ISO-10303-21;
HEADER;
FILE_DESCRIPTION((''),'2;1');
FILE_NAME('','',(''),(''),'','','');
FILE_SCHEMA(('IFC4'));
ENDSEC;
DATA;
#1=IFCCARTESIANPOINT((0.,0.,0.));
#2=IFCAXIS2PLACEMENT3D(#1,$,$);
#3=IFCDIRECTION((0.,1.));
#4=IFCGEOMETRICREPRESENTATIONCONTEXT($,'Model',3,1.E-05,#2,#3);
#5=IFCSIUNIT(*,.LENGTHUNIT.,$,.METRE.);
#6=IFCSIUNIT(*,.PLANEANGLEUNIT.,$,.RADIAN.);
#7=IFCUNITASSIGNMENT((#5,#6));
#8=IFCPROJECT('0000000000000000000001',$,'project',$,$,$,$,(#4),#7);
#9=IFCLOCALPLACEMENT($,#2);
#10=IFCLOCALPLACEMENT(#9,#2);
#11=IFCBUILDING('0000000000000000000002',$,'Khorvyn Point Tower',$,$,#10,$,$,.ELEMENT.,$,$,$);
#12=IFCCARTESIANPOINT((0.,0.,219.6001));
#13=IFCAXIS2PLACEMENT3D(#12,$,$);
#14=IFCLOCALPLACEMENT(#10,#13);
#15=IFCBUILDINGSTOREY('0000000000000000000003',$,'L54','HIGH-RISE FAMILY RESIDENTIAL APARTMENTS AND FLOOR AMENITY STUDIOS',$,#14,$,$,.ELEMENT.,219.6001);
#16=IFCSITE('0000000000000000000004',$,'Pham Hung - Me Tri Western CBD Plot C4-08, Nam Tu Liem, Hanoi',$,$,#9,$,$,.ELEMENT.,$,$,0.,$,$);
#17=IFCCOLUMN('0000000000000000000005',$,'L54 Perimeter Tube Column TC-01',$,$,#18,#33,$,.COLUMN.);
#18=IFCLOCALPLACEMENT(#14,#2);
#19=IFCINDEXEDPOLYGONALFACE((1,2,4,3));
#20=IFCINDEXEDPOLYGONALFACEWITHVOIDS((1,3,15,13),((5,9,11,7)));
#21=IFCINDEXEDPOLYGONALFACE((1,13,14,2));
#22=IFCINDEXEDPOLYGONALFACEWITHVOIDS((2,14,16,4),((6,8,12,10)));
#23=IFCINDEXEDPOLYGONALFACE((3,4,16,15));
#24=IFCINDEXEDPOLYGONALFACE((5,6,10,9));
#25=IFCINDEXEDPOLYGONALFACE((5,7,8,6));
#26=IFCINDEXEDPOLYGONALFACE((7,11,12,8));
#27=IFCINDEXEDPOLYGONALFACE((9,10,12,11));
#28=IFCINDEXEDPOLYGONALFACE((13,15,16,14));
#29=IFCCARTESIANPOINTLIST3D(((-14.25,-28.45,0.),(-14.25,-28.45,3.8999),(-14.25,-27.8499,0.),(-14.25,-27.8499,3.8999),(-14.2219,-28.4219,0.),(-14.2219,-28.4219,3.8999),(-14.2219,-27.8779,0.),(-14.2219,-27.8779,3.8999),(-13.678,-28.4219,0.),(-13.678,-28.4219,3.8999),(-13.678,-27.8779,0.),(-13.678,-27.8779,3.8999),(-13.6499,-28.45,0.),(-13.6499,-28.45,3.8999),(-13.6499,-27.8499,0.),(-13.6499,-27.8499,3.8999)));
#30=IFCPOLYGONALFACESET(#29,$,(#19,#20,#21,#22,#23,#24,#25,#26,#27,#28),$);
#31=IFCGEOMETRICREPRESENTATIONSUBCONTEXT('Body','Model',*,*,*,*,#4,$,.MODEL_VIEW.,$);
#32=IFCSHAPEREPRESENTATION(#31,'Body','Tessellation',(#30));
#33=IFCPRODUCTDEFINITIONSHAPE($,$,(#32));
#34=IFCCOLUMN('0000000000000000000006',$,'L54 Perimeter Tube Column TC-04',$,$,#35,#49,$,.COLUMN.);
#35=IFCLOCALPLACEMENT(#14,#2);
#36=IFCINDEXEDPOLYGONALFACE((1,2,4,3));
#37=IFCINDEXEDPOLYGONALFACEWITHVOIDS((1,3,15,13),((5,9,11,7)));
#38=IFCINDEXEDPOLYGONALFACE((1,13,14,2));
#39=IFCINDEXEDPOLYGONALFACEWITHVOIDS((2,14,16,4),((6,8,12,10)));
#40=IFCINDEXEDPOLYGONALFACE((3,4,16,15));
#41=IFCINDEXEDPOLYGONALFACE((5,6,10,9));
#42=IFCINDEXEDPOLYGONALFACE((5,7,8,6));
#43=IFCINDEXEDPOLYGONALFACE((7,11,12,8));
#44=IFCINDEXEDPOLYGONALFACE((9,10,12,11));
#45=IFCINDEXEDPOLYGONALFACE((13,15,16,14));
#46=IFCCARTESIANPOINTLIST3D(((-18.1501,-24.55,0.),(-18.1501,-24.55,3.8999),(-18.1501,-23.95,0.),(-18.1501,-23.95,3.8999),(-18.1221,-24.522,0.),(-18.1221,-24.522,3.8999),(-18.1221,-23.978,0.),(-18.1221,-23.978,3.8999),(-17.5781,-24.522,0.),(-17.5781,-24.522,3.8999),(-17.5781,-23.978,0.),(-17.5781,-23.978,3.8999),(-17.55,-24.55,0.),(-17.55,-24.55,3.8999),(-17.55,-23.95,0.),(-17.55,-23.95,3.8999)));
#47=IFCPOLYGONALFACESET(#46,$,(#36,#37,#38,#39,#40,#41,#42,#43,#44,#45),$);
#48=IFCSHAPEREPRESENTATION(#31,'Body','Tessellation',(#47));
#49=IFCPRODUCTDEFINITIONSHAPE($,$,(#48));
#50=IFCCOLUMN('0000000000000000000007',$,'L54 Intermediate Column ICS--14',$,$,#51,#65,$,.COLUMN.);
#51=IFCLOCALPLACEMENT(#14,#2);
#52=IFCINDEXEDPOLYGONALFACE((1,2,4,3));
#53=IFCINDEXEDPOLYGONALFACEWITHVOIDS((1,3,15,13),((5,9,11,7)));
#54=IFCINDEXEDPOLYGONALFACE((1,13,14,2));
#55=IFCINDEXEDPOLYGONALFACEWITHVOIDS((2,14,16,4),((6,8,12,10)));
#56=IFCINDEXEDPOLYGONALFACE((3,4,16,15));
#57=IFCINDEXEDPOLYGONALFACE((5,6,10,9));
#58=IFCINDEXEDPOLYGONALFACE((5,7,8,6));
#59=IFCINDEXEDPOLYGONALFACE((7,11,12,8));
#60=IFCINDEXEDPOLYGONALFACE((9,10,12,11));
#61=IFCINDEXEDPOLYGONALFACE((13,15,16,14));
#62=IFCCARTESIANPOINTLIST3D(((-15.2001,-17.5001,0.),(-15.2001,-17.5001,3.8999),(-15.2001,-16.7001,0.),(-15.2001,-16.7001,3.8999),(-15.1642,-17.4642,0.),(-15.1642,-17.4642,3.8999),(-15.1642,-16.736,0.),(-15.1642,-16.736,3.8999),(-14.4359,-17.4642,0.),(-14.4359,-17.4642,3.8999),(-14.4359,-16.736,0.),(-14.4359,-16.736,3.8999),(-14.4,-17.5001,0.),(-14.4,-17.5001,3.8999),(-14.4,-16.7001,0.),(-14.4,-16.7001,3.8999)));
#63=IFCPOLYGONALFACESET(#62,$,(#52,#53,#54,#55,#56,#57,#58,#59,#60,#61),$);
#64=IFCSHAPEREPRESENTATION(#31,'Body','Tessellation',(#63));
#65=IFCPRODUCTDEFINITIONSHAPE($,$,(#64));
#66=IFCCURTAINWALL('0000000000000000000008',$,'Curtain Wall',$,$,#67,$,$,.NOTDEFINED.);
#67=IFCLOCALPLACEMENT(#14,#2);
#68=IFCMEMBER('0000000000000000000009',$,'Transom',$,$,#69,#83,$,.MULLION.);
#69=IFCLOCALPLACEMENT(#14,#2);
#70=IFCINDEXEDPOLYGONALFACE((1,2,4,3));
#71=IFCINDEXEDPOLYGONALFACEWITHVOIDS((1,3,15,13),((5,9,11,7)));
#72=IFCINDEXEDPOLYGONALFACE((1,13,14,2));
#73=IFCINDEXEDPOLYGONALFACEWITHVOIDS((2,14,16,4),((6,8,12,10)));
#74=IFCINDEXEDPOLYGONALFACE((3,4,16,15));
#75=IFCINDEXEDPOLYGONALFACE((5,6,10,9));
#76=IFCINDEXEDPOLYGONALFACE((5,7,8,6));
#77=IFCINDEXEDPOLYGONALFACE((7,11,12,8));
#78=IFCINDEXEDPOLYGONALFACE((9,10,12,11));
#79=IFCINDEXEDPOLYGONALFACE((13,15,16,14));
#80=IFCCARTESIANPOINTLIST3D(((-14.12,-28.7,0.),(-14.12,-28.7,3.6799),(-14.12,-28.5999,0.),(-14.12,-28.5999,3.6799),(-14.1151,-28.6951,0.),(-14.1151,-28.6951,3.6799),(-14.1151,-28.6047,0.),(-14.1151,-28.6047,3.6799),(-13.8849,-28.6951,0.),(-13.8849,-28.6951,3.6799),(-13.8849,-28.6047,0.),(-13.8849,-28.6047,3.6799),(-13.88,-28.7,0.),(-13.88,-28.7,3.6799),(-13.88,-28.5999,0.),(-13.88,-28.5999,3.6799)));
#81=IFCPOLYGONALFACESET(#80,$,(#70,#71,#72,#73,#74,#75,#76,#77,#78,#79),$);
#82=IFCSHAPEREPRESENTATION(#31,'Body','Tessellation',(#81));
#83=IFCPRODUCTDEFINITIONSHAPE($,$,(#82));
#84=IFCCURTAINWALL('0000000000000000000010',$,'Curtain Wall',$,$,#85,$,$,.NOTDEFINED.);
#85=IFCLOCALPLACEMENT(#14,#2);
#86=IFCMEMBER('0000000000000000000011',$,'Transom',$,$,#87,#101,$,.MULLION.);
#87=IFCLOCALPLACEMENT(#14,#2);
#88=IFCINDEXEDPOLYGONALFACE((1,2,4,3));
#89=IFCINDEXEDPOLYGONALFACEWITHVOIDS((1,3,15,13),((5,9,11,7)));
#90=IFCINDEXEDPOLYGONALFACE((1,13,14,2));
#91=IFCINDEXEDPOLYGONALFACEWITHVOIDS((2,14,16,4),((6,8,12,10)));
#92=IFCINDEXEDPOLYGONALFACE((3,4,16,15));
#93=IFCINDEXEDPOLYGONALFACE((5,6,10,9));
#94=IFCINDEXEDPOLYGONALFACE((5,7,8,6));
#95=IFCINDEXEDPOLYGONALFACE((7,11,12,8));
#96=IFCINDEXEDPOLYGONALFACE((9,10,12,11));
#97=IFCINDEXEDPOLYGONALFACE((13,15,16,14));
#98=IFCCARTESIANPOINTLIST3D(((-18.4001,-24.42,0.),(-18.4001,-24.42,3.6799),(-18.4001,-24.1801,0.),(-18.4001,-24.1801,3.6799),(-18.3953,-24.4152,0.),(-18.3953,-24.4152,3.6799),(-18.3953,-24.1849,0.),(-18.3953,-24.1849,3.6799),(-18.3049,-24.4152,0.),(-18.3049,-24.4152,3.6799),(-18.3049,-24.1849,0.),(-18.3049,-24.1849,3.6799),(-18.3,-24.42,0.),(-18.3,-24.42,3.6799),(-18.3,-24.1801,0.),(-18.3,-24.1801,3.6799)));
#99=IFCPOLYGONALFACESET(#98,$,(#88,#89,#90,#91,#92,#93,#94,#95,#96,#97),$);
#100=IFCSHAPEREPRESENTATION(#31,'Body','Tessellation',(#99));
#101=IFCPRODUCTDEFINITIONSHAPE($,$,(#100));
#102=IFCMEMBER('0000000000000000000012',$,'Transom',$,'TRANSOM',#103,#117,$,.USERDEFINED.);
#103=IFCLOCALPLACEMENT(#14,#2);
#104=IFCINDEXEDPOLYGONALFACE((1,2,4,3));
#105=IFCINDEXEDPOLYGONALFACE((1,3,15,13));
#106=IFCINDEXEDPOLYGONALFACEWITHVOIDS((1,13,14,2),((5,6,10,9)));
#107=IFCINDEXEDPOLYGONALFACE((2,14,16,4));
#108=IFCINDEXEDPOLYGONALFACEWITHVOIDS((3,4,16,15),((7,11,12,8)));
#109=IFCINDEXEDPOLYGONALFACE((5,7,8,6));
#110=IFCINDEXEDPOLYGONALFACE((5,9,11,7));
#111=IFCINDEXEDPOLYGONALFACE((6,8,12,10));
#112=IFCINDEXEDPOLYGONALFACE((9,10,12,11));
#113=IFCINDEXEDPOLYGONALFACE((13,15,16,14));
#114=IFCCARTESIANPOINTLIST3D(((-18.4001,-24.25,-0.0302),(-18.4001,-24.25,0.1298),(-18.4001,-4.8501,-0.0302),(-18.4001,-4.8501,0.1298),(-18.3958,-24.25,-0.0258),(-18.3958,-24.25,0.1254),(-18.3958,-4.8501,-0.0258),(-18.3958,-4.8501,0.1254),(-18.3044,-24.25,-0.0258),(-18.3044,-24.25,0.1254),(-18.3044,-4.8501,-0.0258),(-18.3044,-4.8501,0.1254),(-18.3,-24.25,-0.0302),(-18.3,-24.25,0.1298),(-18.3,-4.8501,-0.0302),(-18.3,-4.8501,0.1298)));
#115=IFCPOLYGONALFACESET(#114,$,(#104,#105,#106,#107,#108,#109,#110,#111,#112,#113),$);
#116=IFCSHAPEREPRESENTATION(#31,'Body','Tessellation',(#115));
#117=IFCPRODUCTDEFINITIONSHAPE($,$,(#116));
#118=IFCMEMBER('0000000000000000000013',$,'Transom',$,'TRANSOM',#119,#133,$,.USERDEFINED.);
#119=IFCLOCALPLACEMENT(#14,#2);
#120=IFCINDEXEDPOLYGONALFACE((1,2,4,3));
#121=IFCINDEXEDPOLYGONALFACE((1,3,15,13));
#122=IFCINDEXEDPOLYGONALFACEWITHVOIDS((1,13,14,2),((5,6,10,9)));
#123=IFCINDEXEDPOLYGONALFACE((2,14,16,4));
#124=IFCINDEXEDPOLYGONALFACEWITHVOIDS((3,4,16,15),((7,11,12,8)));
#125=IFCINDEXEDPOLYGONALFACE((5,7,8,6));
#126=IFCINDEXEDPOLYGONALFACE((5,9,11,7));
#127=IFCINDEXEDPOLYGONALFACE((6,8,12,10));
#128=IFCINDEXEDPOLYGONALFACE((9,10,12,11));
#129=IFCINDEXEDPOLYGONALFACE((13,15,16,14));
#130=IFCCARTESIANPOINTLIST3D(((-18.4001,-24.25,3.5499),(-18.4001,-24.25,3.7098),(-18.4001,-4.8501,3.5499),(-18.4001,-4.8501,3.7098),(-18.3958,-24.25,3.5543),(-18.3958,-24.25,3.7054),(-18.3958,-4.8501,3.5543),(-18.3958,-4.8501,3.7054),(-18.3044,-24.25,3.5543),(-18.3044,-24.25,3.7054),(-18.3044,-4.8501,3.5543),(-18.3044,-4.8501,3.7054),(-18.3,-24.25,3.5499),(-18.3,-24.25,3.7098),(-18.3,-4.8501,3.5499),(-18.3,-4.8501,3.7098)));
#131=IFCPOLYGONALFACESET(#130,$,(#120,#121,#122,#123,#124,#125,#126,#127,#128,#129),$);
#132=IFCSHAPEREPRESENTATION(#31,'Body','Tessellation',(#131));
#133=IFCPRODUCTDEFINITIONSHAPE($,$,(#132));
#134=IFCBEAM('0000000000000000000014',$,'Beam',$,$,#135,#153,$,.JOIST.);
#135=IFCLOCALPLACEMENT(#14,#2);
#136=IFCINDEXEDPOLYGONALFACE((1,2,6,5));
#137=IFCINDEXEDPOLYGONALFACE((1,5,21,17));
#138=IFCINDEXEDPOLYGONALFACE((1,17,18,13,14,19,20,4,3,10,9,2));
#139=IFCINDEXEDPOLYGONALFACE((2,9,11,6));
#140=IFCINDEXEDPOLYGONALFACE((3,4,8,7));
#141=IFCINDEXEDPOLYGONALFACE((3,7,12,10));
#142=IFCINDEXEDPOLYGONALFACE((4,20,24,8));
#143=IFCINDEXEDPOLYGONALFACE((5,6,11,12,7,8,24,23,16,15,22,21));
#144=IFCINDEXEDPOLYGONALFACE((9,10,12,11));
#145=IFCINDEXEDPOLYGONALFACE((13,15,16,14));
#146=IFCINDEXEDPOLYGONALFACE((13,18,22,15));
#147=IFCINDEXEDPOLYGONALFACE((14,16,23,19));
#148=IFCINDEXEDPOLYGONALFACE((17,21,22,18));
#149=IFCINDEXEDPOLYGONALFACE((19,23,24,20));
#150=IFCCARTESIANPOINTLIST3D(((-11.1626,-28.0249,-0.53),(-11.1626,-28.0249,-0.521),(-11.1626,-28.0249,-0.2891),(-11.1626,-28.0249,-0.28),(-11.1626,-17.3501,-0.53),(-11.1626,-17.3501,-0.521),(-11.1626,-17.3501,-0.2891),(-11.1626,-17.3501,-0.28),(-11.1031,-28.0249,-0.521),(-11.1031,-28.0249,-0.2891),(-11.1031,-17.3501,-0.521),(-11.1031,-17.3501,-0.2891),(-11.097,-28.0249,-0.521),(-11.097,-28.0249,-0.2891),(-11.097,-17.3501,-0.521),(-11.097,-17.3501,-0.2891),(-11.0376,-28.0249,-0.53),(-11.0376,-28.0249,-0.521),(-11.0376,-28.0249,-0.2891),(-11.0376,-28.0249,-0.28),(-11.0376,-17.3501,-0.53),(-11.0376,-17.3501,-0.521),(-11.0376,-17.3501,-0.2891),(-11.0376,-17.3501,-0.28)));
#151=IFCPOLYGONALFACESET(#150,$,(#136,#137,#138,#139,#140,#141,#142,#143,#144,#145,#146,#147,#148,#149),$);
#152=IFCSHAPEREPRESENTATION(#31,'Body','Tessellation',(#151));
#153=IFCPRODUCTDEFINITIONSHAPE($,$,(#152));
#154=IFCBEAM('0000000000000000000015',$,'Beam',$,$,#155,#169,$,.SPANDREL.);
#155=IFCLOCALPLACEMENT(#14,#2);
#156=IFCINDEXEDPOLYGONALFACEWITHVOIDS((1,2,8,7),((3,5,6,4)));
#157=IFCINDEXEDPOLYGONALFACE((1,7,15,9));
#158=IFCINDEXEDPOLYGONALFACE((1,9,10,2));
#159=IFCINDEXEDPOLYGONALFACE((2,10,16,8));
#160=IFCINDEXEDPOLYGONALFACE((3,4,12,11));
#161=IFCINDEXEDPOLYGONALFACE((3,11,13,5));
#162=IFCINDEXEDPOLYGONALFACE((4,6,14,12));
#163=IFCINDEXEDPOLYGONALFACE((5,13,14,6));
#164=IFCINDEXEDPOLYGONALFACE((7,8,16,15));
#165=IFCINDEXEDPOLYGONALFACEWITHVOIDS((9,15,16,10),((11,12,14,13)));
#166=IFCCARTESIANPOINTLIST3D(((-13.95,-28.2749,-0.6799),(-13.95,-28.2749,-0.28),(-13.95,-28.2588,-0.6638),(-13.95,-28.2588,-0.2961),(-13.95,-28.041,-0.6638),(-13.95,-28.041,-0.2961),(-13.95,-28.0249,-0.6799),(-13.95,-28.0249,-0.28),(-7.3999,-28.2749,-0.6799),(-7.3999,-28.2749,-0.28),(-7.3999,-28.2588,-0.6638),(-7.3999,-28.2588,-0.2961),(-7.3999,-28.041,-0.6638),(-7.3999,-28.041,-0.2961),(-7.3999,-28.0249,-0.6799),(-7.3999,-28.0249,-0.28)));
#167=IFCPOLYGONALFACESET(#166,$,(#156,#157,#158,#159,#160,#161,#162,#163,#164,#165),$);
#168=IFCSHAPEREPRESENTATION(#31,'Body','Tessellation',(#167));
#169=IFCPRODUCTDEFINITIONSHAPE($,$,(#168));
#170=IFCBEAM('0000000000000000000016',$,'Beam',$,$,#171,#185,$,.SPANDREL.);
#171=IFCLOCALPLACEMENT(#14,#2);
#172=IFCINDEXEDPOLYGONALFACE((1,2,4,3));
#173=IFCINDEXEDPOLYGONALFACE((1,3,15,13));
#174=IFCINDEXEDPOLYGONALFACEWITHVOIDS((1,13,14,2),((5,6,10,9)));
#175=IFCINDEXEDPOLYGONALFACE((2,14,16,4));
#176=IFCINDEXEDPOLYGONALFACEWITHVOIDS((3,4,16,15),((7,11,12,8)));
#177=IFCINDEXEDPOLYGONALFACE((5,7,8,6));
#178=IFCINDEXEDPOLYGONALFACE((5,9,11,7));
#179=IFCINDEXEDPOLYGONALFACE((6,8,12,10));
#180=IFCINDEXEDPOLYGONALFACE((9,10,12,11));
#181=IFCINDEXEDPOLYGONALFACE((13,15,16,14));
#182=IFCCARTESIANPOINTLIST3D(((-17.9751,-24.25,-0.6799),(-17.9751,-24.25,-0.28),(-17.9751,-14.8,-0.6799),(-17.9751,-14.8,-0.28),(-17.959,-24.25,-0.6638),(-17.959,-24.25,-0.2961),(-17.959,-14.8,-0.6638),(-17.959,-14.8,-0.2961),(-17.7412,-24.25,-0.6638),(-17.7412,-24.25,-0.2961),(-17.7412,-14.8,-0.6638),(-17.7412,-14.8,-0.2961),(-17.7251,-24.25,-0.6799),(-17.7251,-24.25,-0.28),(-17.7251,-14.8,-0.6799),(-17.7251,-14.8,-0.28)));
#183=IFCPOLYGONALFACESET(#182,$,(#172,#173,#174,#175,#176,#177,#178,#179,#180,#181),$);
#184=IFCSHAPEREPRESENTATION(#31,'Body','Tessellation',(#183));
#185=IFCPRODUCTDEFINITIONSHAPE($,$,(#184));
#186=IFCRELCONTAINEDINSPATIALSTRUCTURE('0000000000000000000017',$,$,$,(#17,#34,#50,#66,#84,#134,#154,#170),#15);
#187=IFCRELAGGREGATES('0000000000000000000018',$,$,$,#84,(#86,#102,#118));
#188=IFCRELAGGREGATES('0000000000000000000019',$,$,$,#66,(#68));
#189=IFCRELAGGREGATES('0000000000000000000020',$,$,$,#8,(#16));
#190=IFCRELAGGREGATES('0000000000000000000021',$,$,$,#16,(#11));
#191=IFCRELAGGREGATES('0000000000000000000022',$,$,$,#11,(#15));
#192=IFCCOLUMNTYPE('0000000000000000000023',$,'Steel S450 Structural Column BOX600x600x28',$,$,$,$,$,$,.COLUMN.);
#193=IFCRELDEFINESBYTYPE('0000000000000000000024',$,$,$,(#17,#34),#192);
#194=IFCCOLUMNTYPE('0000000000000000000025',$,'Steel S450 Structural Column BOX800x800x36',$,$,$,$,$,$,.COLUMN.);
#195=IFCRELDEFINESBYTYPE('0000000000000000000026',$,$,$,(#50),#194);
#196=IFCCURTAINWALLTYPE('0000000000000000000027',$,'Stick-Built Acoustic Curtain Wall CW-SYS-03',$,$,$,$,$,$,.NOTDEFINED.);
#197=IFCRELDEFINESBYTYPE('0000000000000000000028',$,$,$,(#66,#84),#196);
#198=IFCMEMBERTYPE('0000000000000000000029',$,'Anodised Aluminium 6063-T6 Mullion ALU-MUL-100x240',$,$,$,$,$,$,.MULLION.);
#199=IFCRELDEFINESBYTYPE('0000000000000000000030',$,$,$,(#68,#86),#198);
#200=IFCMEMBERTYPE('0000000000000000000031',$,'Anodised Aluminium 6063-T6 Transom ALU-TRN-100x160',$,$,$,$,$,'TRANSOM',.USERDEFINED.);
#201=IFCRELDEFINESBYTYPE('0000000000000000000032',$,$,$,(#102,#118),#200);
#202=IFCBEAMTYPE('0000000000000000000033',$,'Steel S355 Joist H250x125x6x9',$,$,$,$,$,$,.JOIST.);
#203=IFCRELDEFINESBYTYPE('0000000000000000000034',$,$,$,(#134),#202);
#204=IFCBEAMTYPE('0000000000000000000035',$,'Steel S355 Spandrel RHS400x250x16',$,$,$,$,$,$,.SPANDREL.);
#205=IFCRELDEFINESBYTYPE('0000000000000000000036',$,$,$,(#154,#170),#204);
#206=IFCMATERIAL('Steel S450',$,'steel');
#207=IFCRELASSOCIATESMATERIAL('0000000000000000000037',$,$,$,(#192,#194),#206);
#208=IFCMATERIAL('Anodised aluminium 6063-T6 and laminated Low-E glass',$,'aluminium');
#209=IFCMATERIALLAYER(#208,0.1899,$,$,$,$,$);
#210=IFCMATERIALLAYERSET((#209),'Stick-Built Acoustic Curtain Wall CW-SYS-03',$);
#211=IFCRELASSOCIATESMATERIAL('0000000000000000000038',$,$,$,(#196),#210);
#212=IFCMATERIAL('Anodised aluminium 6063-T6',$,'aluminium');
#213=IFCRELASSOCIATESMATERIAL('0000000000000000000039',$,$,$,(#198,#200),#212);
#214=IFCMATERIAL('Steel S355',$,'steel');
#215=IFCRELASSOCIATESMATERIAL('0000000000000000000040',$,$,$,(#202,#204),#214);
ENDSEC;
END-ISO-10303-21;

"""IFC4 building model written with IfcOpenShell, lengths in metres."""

from ifc_helpers import new_model, si_unit, direction, frame, origin, origin_2d, place, context, subcontext, project, spatial, hollow_rectangle, i_section, extrude, material, layer, layer_set, material_profile, profile_set, type_object, element, aggregate, save


model = new_model("IFC4")

# Units and contexts
model_context = context("Model", 3, precision=1e-05, world=origin(), true_north=direction((0.0, 1.0)))
body_context = subcontext(model_context, "Body", "Model", "MODEL_VIEW")
ifc_project = project(units=[si_unit("LENGTHUNIT", "METRE"), si_unit("PLANEANGLEUNIT", "RADIAN")], contexts=[model_context])

# Site, building, storey
site_placement = place(None, origin())
site = spatial("IfcSite", under=ifc_project, at=site_placement, Name="Pham Hung - Me Tri Western CBD Plot C4-08, Nam Tu Liem, Hanoi", CompositionType="ELEMENT", RefElevation=0.0)
building_placement = place(site_placement, origin())
building = spatial("IfcBuilding", under=site, at=building_placement, Name="Khorvyn Point Tower", CompositionType="ELEMENT")
storey_placement = place(building_placement, frame((0.0, 0.0, 219.6001)))
storey = spatial("IfcBuildingStorey", under=building, at=storey_placement, Name="L54", Description="HIGH-RISE FAMILY RESIDENTIAL APARTMENTS AND FLOOR AMENITY STUDIOS", CompositionType="ELEMENT", Elevation=219.6001)

# Columns
ifc_material_1 = material(Name="Steel S450", Category="steel")
ifc_material_profile_1 = material_profile(ifc_material_1, hollow_rectangle(XDim=0.6001, YDim=0.6001, WallThickness=0.0281, at=origin_2d()))
ifc_profile_set_1 = profile_set([ifc_material_profile_1], Name="Steel S450 BOX600x600x28")
column_type_1 = type_object("IfcColumnType", Name="Steel S450 Structural Column BOX600x600x28", PredefinedType="COLUMN", material=ifc_profile_set_1)
for number, where, z_axis, x_axis, name in (
    (1, (-13.95, -28.1499, 0.0), (0.0, 0.0, 1.0), (1.0, 0.0, 0.0), "L54 Perimeter Tube Column TC-01"),
    (2, (-17.8501, -24.25, 0.0), (0.0, 0.0, 1.0), (1.0, 0.0, 0.0), "L54 Perimeter Tube Column TC-04"),
):
    element("IfcColumn", number, at=place(storey_placement, frame(where, z_axis=z_axis, x_axis=x_axis)), inside=storey, type_object=column_type_1, Name=name, PredefinedType="COLUMN", context=body_context, shape_type="SweptSolid", body=[
        extrude(hollow_rectangle(XDim=0.6001, YDim=0.6001, WallThickness=0.0281, at=origin_2d()), origin(), (0.0, 0.0, 1.0), 3.8999),
    ])
ifc_material_profile_2 = material_profile(ifc_material_1, hollow_rectangle(XDim=0.8, YDim=0.8, WallThickness=0.0359, at=origin_2d()))
ifc_profile_set_2 = profile_set([ifc_material_profile_2], Name="Steel S450 BOX800x800x36")
column_type_2 = type_object("IfcColumnType", Name="Steel S450 Structural Column BOX800x800x36", PredefinedType="COLUMN", material=ifc_profile_set_2)
column_placement = place(storey_placement, frame((-14.8, -17.1001, 0.0), z_axis=(0.0, 0.0, 1.0), x_axis=(1.0, 0.0, 0.0)))
element("IfcColumn", 3, at=column_placement, inside=storey, type_object=column_type_2, Name="L54 Intermediate Column ICS--14", PredefinedType="COLUMN", context=body_context, shape_type="SweptSolid", body=[
    extrude(hollow_rectangle(XDim=0.8, YDim=0.8, WallThickness=0.0359, at=origin_2d()), origin(), (0.0, 0.0, 1.0), 3.8999),
])

# Curtain wall, member
ifc_material_2 = material(Name="Anodised aluminium 6063-T6 and laminated Low-E glass", Category="aluminium")
ifc_layer_1 = layer(ifc_material_2, 0.1899)
ifc_layer_set_1 = layer_set([ifc_layer_1], Name="Stick-Built Acoustic Curtain Wall CW-SYS-03")
curtain_wall_type = type_object("IfcCurtainWallType", Name="Stick-Built Acoustic Curtain Wall CW-SYS-03", PredefinedType="NOTDEFINED", material=ifc_layer_set_1)
curtain_wall_1_placement = place(storey_placement, origin())
curtain_wall_1 = element("IfcCurtainWall", 4, at=curtain_wall_1_placement, inside=storey, type_object=curtain_wall_type, Name="Curtain Wall", PredefinedType="NOTDEFINED")
ifc_material_3 = material(Name="Anodised aluminium 6063-T6", Category="aluminium")
ifc_material_profile_3 = material_profile(ifc_material_3, hollow_rectangle(XDim=0.1001, YDim=0.24, WallThickness=0.0049, at=origin_2d()))
ifc_profile_set_3 = profile_set([ifc_material_profile_3], Name="Anodised aluminium 6063-T6 ALU-MUL-100x240")
member_type_1 = type_object("IfcMemberType", Name="Anodised Aluminium 6063-T6 Mullion ALU-MUL-100x240", PredefinedType="MULLION", material=ifc_profile_set_3)
member_1_placement = place(storey_placement, frame((-14.0, -28.6499, 0.0), z_axis=(0.0, 0.0, 1.0), x_axis=(0.0, -1.0, 0.0)))
member_1 = element("IfcMember", 5, at=member_1_placement, type_object=member_type_1, Name="Transom", PredefinedType="MULLION", context=body_context, shape_type="SweptSolid", body=[
    extrude(hollow_rectangle(XDim=0.1001, YDim=0.24, WallThickness=0.0049, at=origin_2d()), origin(), (0.0, 0.0, 1.0), 3.6799),
])

# Curtain wall, members
curtain_wall_2_placement = place(storey_placement, origin())
curtain_wall_2 = element("IfcCurtainWall", 6, at=curtain_wall_2_placement, inside=storey, type_object=curtain_wall_type, Name="Curtain Wall", PredefinedType="NOTDEFINED")
member_2_placement = place(storey_placement, frame((-18.3501, -24.3, 0.0), z_axis=(0.0, 0.0, 1.0), x_axis=(-1.0, 0.0, 0.0)))
member_2 = element("IfcMember", 7, at=member_2_placement, type_object=member_type_1, Name="Transom", PredefinedType="MULLION", context=body_context, shape_type="SweptSolid", body=[
    extrude(hollow_rectangle(XDim=0.1001, YDim=0.24, WallThickness=0.0049, at=origin_2d()), origin(), (0.0, 0.0, 1.0), 3.6799),
])
ifc_material_profile_4 = material_profile(ifc_material_3, hollow_rectangle(XDim=0.1001, YDim=0.1599, WallThickness=0.0044, at=origin_2d()))
ifc_profile_set_4 = profile_set([ifc_material_profile_4], Name="Anodised aluminium 6063-T6 ALU-TRN-100x160")
member_type_2 = type_object("IfcMemberType", Name="Anodised Aluminium 6063-T6 Transom ALU-TRN-100x160", ElementType="TRANSOM", PredefinedType="USERDEFINED", material=ifc_profile_set_4)
member_3_placement = place(storey_placement, frame((-18.3501, -24.25, 0.0498), z_axis=(0.0, 1.0, 0.0), x_axis=(-1.0, 0.0, 0.0)))
member_3 = element("IfcMember", 8, at=member_3_placement, type_object=member_type_2, Name="Transom", ObjectType="TRANSOM", PredefinedType="USERDEFINED", context=body_context, shape_type="SweptSolid", body=[
    extrude(hollow_rectangle(XDim=0.1001, YDim=0.1599, WallThickness=0.0044, at=origin_2d()), origin(), (0.0, 0.0, 1.0), 19.3999),
])
member_4_placement = place(storey_placement, frame((-18.3501, -24.25, 3.6299), z_axis=(0.0, 1.0, 0.0), x_axis=(-1.0, 0.0, 0.0)))
member_4 = element("IfcMember", 9, at=member_4_placement, type_object=member_type_2, Name="Transom", ObjectType="TRANSOM", PredefinedType="USERDEFINED", context=body_context, shape_type="SweptSolid", body=[
    extrude(hollow_rectangle(XDim=0.1001, YDim=0.1599, WallThickness=0.0044, at=origin_2d()), origin(), (0.0, 0.0, 1.0), 19.3999),
])
aggregate(curtain_wall_2, [member_2, member_3, member_4])

# Beams
ifc_material_4 = material(Name="Steel S355", Category="steel")
ifc_material_profile_5 = material_profile(ifc_material_4, i_section(OverallWidth=0.125, OverallDepth=0.25, WebThickness=0.0061, FlangeThickness=0.009, at=origin_2d()))
ifc_profile_set_5 = profile_set([ifc_material_profile_5], Name="Steel S355 H250x125x6x9")
beam_type_1 = type_object("IfcBeamType", Name="Steel S355 Joist H250x125x6x9", PredefinedType="JOIST", material=ifc_profile_set_5)
beam_1_placement = place(storey_placement, frame((-11.1001, -28.0249, -0.405), z_axis=(0.0, 1.0, 0.0), x_axis=(-1.0, 0.0, 0.0)))
element("IfcBeam", 10, at=beam_1_placement, inside=storey, type_object=beam_type_1, Name="Beam", PredefinedType="JOIST", context=body_context, shape_type="SweptSolid", body=[
    extrude(i_section(OverallWidth=0.125, OverallDepth=0.25, WebThickness=0.0061, FlangeThickness=0.009, at=origin_2d()), origin(), (0.0, 0.0, 1.0), 10.6748),
])
ifc_material_profile_6 = material_profile(ifc_material_4, hollow_rectangle(XDim=0.25, YDim=0.3999, WallThickness=0.0161, at=origin_2d()))
ifc_profile_set_6 = profile_set([ifc_material_profile_6], Name="Steel S355 RHS400x250x16")
beam_type_2 = type_object("IfcBeamType", Name="Steel S355 Spandrel RHS400x250x16", PredefinedType="SPANDREL", material=ifc_profile_set_6)
beam_2_placement = place(storey_placement, frame((-13.95, -28.1499, -0.48), z_axis=(1.0, 0.0, 0.0), x_axis=(0.0, 1.0, 0.0)))
element("IfcBeam", 11, at=beam_2_placement, inside=storey, type_object=beam_type_2, Name="Beam", PredefinedType="SPANDREL", context=body_context, shape_type="SweptSolid", body=[
    extrude(hollow_rectangle(XDim=0.25, YDim=0.3999, WallThickness=0.0161, at=origin_2d()), origin(), (0.0, 0.0, 1.0), 6.55),
])
beam_3_placement = place(storey_placement, frame((-17.8501, -24.25, -0.48), z_axis=(0.0, 1.0, 0.0), x_axis=(-1.0, 0.0, 0.0)))
element("IfcBeam", 12, at=beam_3_placement, inside=storey, type_object=beam_type_2, Name="Beam", PredefinedType="SPANDREL", context=body_context, shape_type="SweptSolid", body=[
    extrude(hollow_rectangle(XDim=0.25, YDim=0.3999, WallThickness=0.0161, at=origin_2d()), origin(), (0.0, 0.0, 1.0), 9.45),
])

aggregate(curtain_wall_1, [member_1])

save(model, "model.ifc")
